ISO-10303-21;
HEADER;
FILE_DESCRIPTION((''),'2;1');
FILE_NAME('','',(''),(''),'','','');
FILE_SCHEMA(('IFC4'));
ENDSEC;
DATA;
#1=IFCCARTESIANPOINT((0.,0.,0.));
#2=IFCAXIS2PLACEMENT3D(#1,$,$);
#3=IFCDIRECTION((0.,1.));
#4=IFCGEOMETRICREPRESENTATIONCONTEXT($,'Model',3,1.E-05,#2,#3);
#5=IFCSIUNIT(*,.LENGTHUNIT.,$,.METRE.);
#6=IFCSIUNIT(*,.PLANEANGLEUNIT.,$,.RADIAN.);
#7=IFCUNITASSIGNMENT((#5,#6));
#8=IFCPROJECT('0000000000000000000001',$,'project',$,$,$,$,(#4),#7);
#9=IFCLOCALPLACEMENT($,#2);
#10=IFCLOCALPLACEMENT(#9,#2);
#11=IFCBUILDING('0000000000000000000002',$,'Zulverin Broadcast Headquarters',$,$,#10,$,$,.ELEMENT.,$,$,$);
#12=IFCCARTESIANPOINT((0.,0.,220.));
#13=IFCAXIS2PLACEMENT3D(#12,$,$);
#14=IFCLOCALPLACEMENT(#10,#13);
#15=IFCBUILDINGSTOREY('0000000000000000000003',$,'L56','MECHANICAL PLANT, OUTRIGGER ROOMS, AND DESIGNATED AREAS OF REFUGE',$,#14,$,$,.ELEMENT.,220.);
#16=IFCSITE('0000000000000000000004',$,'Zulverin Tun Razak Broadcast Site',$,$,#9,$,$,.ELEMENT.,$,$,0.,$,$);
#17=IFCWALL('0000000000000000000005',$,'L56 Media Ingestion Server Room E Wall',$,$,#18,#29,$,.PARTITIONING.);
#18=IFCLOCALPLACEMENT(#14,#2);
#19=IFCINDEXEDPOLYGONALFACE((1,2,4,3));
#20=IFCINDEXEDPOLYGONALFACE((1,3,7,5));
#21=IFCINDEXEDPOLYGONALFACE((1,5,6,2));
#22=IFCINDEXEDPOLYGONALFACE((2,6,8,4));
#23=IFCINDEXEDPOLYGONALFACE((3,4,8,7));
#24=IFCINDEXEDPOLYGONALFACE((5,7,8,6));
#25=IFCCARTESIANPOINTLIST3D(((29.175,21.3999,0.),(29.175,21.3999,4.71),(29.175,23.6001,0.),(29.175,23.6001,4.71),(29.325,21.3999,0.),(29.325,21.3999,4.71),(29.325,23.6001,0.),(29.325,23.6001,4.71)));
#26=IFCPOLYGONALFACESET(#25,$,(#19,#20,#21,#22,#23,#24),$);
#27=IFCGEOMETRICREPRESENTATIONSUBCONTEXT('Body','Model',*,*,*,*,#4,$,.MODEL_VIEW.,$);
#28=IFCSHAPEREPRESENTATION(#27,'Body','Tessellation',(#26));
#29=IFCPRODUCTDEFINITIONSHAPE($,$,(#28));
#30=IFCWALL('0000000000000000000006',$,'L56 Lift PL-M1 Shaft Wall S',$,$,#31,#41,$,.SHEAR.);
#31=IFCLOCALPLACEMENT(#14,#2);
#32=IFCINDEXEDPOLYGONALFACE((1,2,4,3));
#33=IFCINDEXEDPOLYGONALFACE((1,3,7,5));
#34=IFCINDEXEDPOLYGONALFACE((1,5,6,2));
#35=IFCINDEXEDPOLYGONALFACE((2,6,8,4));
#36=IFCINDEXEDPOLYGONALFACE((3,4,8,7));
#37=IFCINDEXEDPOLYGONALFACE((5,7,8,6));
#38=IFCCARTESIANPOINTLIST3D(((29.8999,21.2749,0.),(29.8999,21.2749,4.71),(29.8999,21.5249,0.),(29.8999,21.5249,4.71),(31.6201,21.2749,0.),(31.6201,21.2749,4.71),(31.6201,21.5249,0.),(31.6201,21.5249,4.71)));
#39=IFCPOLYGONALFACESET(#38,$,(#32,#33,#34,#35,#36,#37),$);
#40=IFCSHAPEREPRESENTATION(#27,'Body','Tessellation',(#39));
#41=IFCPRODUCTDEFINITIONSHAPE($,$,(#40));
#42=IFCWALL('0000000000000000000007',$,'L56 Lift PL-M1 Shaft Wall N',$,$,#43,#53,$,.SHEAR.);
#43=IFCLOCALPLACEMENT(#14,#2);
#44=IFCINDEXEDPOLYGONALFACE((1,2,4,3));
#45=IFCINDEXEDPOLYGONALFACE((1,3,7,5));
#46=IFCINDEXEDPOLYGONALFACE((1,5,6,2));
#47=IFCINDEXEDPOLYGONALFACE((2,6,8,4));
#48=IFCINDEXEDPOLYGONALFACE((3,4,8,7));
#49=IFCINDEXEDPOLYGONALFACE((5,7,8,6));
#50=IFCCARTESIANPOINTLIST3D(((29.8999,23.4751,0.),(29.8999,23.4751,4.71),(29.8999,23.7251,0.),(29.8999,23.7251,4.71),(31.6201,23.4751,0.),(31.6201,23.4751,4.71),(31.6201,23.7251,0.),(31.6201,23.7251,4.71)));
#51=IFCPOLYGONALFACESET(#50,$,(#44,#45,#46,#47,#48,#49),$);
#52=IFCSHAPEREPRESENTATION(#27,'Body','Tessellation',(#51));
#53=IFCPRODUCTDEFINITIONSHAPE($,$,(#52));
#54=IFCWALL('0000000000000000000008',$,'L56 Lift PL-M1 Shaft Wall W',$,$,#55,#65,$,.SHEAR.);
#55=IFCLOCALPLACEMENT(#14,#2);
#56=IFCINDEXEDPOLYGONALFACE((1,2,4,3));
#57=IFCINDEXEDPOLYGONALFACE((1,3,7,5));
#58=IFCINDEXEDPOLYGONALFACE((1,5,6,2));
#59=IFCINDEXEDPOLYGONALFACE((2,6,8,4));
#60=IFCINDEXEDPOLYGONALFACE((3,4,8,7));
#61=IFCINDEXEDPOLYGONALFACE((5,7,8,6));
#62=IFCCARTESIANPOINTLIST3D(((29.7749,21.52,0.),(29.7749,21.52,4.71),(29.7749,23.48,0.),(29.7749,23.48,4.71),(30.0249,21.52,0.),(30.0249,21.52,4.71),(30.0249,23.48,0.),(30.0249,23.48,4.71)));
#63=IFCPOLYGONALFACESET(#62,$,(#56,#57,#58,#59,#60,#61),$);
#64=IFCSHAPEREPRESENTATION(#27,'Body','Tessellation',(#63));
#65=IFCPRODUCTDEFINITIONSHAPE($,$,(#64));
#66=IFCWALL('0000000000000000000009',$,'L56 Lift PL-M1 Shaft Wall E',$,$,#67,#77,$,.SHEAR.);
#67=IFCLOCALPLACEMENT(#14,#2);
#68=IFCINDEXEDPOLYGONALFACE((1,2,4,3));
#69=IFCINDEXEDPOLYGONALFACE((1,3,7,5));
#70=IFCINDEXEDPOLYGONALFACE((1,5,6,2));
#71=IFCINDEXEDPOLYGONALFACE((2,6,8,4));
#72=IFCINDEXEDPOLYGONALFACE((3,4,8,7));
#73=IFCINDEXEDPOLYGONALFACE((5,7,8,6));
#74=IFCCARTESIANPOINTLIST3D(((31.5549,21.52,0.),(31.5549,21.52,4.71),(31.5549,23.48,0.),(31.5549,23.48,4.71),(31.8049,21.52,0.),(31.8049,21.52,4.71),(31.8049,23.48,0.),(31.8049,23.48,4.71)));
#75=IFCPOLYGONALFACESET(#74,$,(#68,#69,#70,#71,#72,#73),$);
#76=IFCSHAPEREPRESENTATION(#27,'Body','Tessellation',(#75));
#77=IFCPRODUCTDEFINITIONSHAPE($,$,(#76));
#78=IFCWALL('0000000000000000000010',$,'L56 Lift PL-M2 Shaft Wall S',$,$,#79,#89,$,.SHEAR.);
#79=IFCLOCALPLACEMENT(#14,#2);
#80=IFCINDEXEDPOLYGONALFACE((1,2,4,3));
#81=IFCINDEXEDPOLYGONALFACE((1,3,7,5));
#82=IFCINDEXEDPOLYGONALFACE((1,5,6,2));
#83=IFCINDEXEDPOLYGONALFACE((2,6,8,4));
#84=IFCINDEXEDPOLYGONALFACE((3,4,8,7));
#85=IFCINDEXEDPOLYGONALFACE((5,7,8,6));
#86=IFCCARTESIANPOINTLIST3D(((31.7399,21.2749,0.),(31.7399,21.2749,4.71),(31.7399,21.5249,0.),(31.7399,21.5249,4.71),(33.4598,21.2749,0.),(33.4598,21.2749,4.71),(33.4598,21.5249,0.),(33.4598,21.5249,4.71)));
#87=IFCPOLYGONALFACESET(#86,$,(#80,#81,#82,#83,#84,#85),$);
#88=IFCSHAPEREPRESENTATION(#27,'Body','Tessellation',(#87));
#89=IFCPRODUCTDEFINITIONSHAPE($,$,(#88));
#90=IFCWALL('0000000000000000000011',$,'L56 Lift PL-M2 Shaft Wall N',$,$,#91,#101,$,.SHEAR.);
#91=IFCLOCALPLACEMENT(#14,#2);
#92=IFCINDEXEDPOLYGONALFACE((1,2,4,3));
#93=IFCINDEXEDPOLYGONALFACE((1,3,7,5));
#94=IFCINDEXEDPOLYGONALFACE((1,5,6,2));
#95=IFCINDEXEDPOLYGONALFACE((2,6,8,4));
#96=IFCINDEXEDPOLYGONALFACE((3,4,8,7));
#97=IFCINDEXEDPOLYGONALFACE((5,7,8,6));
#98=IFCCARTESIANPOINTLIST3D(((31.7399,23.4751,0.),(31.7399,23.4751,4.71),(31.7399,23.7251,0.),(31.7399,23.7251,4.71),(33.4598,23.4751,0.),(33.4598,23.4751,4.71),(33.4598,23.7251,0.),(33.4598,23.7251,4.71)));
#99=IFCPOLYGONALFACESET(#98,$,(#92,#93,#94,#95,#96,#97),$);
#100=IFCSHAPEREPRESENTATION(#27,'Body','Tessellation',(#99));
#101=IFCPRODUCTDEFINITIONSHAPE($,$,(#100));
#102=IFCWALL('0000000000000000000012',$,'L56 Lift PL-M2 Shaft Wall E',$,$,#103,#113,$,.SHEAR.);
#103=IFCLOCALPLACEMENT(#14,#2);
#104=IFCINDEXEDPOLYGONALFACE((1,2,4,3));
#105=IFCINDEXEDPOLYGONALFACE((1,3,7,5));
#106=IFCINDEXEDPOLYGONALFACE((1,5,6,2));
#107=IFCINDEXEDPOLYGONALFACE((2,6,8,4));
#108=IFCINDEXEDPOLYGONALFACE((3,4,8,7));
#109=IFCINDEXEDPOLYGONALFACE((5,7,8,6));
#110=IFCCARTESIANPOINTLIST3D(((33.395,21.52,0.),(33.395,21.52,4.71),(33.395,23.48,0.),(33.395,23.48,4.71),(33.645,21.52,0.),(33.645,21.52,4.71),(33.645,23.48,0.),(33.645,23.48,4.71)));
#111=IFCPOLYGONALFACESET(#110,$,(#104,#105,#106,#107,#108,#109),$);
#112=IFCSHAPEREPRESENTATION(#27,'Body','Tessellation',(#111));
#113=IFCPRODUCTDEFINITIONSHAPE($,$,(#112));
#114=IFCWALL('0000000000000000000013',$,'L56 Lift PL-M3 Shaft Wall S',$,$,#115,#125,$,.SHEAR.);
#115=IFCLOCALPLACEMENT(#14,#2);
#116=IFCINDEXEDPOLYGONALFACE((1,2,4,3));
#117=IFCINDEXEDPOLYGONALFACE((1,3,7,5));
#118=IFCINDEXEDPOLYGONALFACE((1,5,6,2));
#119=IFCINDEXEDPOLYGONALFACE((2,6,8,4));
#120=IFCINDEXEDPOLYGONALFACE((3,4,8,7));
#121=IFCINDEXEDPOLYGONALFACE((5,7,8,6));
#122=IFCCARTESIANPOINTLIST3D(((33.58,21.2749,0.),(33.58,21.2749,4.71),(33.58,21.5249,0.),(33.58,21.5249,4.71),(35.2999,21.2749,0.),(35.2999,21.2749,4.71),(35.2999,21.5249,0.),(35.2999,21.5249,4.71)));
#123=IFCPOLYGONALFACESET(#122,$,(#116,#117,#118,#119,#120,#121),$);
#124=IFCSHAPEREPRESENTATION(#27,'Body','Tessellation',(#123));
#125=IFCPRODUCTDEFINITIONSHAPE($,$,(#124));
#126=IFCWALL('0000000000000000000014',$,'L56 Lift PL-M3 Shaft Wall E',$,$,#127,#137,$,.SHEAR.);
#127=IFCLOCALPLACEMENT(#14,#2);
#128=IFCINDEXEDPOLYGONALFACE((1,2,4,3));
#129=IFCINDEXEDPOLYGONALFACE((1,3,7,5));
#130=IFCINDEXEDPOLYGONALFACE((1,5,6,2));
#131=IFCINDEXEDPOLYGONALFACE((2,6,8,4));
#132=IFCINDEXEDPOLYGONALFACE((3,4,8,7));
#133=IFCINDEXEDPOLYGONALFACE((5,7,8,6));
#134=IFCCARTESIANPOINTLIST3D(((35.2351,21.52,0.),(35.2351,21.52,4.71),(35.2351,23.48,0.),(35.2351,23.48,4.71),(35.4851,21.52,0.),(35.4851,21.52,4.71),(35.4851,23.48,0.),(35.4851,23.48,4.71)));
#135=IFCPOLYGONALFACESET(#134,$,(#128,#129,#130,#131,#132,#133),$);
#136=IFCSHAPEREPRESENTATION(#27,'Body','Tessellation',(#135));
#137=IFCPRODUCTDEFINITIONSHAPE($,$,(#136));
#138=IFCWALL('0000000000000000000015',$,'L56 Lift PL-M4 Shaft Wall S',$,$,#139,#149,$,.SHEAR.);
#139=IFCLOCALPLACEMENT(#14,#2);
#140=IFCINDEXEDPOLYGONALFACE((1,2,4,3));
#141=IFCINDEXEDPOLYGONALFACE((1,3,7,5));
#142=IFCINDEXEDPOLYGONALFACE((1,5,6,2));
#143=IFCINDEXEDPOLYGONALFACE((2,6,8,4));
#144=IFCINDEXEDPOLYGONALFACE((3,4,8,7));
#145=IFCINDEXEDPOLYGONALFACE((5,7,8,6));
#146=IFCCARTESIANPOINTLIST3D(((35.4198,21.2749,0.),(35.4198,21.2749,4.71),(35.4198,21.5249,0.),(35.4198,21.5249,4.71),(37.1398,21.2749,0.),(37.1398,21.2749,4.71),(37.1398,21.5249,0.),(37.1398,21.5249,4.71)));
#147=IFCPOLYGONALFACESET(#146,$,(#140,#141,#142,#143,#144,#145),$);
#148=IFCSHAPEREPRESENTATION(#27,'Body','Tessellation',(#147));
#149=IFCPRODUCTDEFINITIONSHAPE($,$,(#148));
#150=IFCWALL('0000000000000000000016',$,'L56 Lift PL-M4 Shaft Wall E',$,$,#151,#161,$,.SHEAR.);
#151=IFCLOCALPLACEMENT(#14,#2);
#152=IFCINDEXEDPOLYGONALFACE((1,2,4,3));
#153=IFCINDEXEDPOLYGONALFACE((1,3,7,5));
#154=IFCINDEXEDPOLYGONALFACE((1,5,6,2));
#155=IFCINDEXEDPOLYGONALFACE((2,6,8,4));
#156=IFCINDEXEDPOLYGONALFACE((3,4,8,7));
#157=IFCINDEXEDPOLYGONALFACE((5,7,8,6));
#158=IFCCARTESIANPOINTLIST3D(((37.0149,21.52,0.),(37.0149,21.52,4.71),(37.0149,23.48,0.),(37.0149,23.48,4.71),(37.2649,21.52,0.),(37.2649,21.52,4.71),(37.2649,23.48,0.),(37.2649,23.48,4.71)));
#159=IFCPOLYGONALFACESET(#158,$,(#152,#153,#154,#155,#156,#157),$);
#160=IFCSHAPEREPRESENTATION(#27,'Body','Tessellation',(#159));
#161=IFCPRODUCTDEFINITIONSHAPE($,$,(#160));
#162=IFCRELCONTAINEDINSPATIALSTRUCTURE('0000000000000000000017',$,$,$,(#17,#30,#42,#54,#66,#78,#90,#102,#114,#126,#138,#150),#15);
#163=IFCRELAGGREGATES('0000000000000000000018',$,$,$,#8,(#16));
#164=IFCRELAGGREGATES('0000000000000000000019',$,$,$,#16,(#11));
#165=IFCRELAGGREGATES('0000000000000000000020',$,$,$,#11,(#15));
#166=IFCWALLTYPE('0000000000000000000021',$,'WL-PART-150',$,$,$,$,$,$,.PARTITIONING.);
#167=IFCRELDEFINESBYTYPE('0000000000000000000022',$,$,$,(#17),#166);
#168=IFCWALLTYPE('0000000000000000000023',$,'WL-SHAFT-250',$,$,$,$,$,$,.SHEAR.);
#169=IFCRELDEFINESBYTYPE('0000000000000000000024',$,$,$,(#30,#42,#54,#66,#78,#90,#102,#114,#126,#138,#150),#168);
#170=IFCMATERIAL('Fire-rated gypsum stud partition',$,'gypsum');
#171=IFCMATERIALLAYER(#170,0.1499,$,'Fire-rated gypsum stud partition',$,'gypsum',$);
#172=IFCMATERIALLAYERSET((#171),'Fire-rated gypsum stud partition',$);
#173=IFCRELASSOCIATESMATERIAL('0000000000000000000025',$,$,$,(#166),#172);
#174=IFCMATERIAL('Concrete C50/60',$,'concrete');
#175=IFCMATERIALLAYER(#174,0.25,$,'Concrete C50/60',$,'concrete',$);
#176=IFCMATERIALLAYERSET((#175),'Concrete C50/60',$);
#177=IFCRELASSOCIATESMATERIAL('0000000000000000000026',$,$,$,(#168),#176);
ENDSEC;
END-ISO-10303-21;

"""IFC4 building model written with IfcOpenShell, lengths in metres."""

from ifc_helpers import new_model, si_unit, direction, frame, frame_2d, origin, place, context, subcontext, project, spatial, rectangle, extrude, material, layer, layer_set, type_object, element, save


model = new_model("IFC4")

# Units and contexts
model_context = context("Model", 3, precision=1e-05, world=origin(), true_north=direction((0.0, 1.0)))
body_context = subcontext(model_context, "Body", "Model", "MODEL_VIEW")
ifc_project = project(units=[si_unit("LENGTHUNIT", "METRE"), si_unit("PLANEANGLEUNIT", "RADIAN")], contexts=[model_context])

# Site, building, storey
site_placement = place(None, origin())
site = spatial("IfcSite", under=ifc_project, at=site_placement, Name="Zulverin Tun Razak Broadcast Site", CompositionType="ELEMENT", RefElevation=0.0)
building_placement = place(site_placement, origin())
building = spatial("IfcBuilding", under=site, at=building_placement, Name="Zulverin Broadcast Headquarters", CompositionType="ELEMENT")
storey_placement = place(building_placement, frame((0.0, 0.0, 220.0)))
storey = spatial("IfcBuildingStorey", under=building, at=storey_placement, Name="L56", Description="MECHANICAL PLANT, OUTRIGGER ROOMS, AND DESIGNATED AREAS OF REFUGE", CompositionType="ELEMENT", Elevation=220.0)

# Shared definitions
ifc_material_1 = material(Name="Fire-rated gypsum stud partition", Category="gypsum")
ifc_layer_1 = layer(ifc_material_1, 0.1499, Name="Fire-rated gypsum stud partition", Category="gypsum")
ifc_layer_set_1 = layer_set([ifc_layer_1], Name="Fire-rated gypsum stud partition")
wall_type_1 = type_object("IfcWallType", Name="WL-PART-150", PredefinedType="PARTITIONING", material=ifc_layer_set_1)

# Walls
wall_1_placement = place(storey_placement, frame((29.25, 21.3999, 0.0), z_axis=(0.0, 0.0, 1.0), x_axis=(0.0, 1.0, 0.0)))
element("IfcWall", 1, at=wall_1_placement, inside=storey, type_object=wall_type_1, Name="L56 Media Ingestion Server Room E Wall", PredefinedType="PARTITIONING", context=body_context, shape_type="SweptSolid", body=[
    extrude(rectangle(XDim=2.2002, YDim=0.1499, at=frame_2d((1.1001, 0.0))), origin(), (0.0, 0.0, 1.0), 4.71),
])
ifc_material_2 = material(Name="Concrete C50/60", Category="concrete")
ifc_layer_2 = layer(ifc_material_2, 0.25, Name="Concrete C50/60", Category="concrete")
ifc_layer_set_2 = layer_set([ifc_layer_2], Name="Concrete C50/60")
wall_type_2 = type_object("IfcWallType", Name="WL-SHAFT-250", PredefinedType="SHEAR", material=ifc_layer_set_2)
for number, where, z_axis, x_axis, name in (
    (2, (29.8999, 21.3999, 0.0), (0.0, 0.0, 1.0), (1.0, 0.0, 0.0), "L56 Lift PL-M1 Shaft Wall S"),
    (3, (29.8999, 23.6001, 0.0), (0.0, 0.0, 1.0), (1.0, 0.0, 0.0), "L56 Lift PL-M1 Shaft Wall N"),
):
    element("IfcWall", number, at=place(storey_placement, frame(where, z_axis=z_axis, x_axis=x_axis)), inside=storey, type_object=wall_type_2, Name=name, PredefinedType="SHEAR", context=body_context, shape_type="SweptSolid", body=[
        extrude(rectangle(XDim=1.7202, YDim=0.25, at=frame_2d((0.8601, 0.0))), origin(), (0.0, 0.0, 1.0), 4.71),
    ])
for number, where, z_axis, x_axis, name in (
    (4, (29.8999, 21.52, 0.0), (0.0, 0.0, 1.0), (0.0, 1.0, 0.0), "L56 Lift PL-M1 Shaft Wall W"),
    (5, (31.6799, 21.52, 0.0), (0.0, 0.0, 1.0), (0.0, 1.0, 0.0), "L56 Lift PL-M1 Shaft Wall E"),
):
    element("IfcWall", number, at=place(storey_placement, frame(where, z_axis=z_axis, x_axis=x_axis)), inside=storey, type_object=wall_type_2, Name=name, PredefinedType="SHEAR", context=body_context, shape_type="SweptSolid", body=[
        extrude(rectangle(XDim=1.96, YDim=0.25, at=frame_2d((0.98, 0.0))), origin(), (0.0, 0.0, 1.0), 4.71),
    ])
for number, where, z_axis, x_axis, name in (
    (6, (31.74, 21.3999, 0.0), (0.0, 0.0, 1.0), (1.0, 0.0, 0.0), "L56 Lift PL-M2 Shaft Wall S"),
    (7, (31.74, 23.6001, 0.0), (0.0, 0.0, 1.0), (1.0, 0.0, 0.0), "L56 Lift PL-M2 Shaft Wall N"),
):
    element("IfcWall", number, at=place(storey_placement, frame(where, z_axis=z_axis, x_axis=x_axis)), inside=storey, type_object=wall_type_2, Name=name, PredefinedType="SHEAR", context=body_context, shape_type="SweptSolid", body=[
        extrude(rectangle(XDim=1.72, YDim=0.25, at=frame_2d((0.8599, 0.0))), origin(), (0.0, 0.0, 1.0), 4.71),
    ])
wall_2_placement = place(storey_placement, frame((33.52, 21.52, 0.0), z_axis=(0.0, 0.0, 1.0), x_axis=(0.0, 1.0, 0.0)))
element("IfcWall", 8, at=wall_2_placement, inside=storey, type_object=wall_type_2, Name="L56 Lift PL-M2 Shaft Wall E", PredefinedType="SHEAR", context=body_context, shape_type="SweptSolid", body=[
    extrude(rectangle(XDim=1.96, YDim=0.25, at=frame_2d((0.98, 0.0))), origin(), (0.0, 0.0, 1.0), 4.71),
])
wall_3_placement = place(storey_placement, frame((33.5801, 21.3999, 0.0), z_axis=(0.0, 0.0, 1.0), x_axis=(1.0, 0.0, 0.0)))
element("IfcWall", 9, at=wall_3_placement, inside=storey, type_object=wall_type_2, Name="L56 Lift PL-M3 Shaft Wall S", PredefinedType="SHEAR", context=body_context, shape_type="SweptSolid", body=[
    extrude(rectangle(XDim=1.72, YDim=0.25, at=frame_2d((0.8599, 0.0))), origin(), (0.0, 0.0, 1.0), 4.71),
])
wall_4_placement = place(storey_placement, frame((35.3601, 21.52, 0.0), z_axis=(0.0, 0.0, 1.0), x_axis=(0.0, 1.0, 0.0)))
element("IfcWall", 10, at=wall_4_placement, inside=storey, type_object=wall_type_2, Name="L56 Lift PL-M3 Shaft Wall E", PredefinedType="SHEAR", context=body_context, shape_type="SweptSolid", body=[
    extrude(rectangle(XDim=1.96, YDim=0.25, at=frame_2d((0.98, 0.0))), origin(), (0.0, 0.0, 1.0), 4.71),
])
wall_5_placement = place(storey_placement, frame((35.4199, 21.3999, 0.0), z_axis=(0.0, 0.0, 1.0), x_axis=(1.0, 0.0, 0.0)))
element("IfcWall", 11, at=wall_5_placement, inside=storey, type_object=wall_type_2, Name="L56 Lift PL-M4 Shaft Wall S", PredefinedType="SHEAR", context=body_context, shape_type="SweptSolid", body=[
    extrude(rectangle(XDim=1.72, YDim=0.25, at=frame_2d((0.8599, 0.0))), origin(), (0.0, 0.0, 1.0), 4.71),
])
wall_6_placement = place(storey_placement, frame((37.1399, 21.52, 0.0), z_axis=(0.0, 0.0, 1.0), x_axis=(0.0, 1.0, 0.0)))
element("IfcWall", 12, at=wall_6_placement, inside=storey, type_object=wall_type_2, Name="L56 Lift PL-M4 Shaft Wall E", PredefinedType="SHEAR", context=body_context, shape_type="SweptSolid", body=[
    extrude(rectangle(XDim=1.96, YDim=0.25, at=frame_2d((0.98, 0.0))), origin(), (0.0, 0.0, 1.0), 4.71),
])

save(model, "model.ifc")
